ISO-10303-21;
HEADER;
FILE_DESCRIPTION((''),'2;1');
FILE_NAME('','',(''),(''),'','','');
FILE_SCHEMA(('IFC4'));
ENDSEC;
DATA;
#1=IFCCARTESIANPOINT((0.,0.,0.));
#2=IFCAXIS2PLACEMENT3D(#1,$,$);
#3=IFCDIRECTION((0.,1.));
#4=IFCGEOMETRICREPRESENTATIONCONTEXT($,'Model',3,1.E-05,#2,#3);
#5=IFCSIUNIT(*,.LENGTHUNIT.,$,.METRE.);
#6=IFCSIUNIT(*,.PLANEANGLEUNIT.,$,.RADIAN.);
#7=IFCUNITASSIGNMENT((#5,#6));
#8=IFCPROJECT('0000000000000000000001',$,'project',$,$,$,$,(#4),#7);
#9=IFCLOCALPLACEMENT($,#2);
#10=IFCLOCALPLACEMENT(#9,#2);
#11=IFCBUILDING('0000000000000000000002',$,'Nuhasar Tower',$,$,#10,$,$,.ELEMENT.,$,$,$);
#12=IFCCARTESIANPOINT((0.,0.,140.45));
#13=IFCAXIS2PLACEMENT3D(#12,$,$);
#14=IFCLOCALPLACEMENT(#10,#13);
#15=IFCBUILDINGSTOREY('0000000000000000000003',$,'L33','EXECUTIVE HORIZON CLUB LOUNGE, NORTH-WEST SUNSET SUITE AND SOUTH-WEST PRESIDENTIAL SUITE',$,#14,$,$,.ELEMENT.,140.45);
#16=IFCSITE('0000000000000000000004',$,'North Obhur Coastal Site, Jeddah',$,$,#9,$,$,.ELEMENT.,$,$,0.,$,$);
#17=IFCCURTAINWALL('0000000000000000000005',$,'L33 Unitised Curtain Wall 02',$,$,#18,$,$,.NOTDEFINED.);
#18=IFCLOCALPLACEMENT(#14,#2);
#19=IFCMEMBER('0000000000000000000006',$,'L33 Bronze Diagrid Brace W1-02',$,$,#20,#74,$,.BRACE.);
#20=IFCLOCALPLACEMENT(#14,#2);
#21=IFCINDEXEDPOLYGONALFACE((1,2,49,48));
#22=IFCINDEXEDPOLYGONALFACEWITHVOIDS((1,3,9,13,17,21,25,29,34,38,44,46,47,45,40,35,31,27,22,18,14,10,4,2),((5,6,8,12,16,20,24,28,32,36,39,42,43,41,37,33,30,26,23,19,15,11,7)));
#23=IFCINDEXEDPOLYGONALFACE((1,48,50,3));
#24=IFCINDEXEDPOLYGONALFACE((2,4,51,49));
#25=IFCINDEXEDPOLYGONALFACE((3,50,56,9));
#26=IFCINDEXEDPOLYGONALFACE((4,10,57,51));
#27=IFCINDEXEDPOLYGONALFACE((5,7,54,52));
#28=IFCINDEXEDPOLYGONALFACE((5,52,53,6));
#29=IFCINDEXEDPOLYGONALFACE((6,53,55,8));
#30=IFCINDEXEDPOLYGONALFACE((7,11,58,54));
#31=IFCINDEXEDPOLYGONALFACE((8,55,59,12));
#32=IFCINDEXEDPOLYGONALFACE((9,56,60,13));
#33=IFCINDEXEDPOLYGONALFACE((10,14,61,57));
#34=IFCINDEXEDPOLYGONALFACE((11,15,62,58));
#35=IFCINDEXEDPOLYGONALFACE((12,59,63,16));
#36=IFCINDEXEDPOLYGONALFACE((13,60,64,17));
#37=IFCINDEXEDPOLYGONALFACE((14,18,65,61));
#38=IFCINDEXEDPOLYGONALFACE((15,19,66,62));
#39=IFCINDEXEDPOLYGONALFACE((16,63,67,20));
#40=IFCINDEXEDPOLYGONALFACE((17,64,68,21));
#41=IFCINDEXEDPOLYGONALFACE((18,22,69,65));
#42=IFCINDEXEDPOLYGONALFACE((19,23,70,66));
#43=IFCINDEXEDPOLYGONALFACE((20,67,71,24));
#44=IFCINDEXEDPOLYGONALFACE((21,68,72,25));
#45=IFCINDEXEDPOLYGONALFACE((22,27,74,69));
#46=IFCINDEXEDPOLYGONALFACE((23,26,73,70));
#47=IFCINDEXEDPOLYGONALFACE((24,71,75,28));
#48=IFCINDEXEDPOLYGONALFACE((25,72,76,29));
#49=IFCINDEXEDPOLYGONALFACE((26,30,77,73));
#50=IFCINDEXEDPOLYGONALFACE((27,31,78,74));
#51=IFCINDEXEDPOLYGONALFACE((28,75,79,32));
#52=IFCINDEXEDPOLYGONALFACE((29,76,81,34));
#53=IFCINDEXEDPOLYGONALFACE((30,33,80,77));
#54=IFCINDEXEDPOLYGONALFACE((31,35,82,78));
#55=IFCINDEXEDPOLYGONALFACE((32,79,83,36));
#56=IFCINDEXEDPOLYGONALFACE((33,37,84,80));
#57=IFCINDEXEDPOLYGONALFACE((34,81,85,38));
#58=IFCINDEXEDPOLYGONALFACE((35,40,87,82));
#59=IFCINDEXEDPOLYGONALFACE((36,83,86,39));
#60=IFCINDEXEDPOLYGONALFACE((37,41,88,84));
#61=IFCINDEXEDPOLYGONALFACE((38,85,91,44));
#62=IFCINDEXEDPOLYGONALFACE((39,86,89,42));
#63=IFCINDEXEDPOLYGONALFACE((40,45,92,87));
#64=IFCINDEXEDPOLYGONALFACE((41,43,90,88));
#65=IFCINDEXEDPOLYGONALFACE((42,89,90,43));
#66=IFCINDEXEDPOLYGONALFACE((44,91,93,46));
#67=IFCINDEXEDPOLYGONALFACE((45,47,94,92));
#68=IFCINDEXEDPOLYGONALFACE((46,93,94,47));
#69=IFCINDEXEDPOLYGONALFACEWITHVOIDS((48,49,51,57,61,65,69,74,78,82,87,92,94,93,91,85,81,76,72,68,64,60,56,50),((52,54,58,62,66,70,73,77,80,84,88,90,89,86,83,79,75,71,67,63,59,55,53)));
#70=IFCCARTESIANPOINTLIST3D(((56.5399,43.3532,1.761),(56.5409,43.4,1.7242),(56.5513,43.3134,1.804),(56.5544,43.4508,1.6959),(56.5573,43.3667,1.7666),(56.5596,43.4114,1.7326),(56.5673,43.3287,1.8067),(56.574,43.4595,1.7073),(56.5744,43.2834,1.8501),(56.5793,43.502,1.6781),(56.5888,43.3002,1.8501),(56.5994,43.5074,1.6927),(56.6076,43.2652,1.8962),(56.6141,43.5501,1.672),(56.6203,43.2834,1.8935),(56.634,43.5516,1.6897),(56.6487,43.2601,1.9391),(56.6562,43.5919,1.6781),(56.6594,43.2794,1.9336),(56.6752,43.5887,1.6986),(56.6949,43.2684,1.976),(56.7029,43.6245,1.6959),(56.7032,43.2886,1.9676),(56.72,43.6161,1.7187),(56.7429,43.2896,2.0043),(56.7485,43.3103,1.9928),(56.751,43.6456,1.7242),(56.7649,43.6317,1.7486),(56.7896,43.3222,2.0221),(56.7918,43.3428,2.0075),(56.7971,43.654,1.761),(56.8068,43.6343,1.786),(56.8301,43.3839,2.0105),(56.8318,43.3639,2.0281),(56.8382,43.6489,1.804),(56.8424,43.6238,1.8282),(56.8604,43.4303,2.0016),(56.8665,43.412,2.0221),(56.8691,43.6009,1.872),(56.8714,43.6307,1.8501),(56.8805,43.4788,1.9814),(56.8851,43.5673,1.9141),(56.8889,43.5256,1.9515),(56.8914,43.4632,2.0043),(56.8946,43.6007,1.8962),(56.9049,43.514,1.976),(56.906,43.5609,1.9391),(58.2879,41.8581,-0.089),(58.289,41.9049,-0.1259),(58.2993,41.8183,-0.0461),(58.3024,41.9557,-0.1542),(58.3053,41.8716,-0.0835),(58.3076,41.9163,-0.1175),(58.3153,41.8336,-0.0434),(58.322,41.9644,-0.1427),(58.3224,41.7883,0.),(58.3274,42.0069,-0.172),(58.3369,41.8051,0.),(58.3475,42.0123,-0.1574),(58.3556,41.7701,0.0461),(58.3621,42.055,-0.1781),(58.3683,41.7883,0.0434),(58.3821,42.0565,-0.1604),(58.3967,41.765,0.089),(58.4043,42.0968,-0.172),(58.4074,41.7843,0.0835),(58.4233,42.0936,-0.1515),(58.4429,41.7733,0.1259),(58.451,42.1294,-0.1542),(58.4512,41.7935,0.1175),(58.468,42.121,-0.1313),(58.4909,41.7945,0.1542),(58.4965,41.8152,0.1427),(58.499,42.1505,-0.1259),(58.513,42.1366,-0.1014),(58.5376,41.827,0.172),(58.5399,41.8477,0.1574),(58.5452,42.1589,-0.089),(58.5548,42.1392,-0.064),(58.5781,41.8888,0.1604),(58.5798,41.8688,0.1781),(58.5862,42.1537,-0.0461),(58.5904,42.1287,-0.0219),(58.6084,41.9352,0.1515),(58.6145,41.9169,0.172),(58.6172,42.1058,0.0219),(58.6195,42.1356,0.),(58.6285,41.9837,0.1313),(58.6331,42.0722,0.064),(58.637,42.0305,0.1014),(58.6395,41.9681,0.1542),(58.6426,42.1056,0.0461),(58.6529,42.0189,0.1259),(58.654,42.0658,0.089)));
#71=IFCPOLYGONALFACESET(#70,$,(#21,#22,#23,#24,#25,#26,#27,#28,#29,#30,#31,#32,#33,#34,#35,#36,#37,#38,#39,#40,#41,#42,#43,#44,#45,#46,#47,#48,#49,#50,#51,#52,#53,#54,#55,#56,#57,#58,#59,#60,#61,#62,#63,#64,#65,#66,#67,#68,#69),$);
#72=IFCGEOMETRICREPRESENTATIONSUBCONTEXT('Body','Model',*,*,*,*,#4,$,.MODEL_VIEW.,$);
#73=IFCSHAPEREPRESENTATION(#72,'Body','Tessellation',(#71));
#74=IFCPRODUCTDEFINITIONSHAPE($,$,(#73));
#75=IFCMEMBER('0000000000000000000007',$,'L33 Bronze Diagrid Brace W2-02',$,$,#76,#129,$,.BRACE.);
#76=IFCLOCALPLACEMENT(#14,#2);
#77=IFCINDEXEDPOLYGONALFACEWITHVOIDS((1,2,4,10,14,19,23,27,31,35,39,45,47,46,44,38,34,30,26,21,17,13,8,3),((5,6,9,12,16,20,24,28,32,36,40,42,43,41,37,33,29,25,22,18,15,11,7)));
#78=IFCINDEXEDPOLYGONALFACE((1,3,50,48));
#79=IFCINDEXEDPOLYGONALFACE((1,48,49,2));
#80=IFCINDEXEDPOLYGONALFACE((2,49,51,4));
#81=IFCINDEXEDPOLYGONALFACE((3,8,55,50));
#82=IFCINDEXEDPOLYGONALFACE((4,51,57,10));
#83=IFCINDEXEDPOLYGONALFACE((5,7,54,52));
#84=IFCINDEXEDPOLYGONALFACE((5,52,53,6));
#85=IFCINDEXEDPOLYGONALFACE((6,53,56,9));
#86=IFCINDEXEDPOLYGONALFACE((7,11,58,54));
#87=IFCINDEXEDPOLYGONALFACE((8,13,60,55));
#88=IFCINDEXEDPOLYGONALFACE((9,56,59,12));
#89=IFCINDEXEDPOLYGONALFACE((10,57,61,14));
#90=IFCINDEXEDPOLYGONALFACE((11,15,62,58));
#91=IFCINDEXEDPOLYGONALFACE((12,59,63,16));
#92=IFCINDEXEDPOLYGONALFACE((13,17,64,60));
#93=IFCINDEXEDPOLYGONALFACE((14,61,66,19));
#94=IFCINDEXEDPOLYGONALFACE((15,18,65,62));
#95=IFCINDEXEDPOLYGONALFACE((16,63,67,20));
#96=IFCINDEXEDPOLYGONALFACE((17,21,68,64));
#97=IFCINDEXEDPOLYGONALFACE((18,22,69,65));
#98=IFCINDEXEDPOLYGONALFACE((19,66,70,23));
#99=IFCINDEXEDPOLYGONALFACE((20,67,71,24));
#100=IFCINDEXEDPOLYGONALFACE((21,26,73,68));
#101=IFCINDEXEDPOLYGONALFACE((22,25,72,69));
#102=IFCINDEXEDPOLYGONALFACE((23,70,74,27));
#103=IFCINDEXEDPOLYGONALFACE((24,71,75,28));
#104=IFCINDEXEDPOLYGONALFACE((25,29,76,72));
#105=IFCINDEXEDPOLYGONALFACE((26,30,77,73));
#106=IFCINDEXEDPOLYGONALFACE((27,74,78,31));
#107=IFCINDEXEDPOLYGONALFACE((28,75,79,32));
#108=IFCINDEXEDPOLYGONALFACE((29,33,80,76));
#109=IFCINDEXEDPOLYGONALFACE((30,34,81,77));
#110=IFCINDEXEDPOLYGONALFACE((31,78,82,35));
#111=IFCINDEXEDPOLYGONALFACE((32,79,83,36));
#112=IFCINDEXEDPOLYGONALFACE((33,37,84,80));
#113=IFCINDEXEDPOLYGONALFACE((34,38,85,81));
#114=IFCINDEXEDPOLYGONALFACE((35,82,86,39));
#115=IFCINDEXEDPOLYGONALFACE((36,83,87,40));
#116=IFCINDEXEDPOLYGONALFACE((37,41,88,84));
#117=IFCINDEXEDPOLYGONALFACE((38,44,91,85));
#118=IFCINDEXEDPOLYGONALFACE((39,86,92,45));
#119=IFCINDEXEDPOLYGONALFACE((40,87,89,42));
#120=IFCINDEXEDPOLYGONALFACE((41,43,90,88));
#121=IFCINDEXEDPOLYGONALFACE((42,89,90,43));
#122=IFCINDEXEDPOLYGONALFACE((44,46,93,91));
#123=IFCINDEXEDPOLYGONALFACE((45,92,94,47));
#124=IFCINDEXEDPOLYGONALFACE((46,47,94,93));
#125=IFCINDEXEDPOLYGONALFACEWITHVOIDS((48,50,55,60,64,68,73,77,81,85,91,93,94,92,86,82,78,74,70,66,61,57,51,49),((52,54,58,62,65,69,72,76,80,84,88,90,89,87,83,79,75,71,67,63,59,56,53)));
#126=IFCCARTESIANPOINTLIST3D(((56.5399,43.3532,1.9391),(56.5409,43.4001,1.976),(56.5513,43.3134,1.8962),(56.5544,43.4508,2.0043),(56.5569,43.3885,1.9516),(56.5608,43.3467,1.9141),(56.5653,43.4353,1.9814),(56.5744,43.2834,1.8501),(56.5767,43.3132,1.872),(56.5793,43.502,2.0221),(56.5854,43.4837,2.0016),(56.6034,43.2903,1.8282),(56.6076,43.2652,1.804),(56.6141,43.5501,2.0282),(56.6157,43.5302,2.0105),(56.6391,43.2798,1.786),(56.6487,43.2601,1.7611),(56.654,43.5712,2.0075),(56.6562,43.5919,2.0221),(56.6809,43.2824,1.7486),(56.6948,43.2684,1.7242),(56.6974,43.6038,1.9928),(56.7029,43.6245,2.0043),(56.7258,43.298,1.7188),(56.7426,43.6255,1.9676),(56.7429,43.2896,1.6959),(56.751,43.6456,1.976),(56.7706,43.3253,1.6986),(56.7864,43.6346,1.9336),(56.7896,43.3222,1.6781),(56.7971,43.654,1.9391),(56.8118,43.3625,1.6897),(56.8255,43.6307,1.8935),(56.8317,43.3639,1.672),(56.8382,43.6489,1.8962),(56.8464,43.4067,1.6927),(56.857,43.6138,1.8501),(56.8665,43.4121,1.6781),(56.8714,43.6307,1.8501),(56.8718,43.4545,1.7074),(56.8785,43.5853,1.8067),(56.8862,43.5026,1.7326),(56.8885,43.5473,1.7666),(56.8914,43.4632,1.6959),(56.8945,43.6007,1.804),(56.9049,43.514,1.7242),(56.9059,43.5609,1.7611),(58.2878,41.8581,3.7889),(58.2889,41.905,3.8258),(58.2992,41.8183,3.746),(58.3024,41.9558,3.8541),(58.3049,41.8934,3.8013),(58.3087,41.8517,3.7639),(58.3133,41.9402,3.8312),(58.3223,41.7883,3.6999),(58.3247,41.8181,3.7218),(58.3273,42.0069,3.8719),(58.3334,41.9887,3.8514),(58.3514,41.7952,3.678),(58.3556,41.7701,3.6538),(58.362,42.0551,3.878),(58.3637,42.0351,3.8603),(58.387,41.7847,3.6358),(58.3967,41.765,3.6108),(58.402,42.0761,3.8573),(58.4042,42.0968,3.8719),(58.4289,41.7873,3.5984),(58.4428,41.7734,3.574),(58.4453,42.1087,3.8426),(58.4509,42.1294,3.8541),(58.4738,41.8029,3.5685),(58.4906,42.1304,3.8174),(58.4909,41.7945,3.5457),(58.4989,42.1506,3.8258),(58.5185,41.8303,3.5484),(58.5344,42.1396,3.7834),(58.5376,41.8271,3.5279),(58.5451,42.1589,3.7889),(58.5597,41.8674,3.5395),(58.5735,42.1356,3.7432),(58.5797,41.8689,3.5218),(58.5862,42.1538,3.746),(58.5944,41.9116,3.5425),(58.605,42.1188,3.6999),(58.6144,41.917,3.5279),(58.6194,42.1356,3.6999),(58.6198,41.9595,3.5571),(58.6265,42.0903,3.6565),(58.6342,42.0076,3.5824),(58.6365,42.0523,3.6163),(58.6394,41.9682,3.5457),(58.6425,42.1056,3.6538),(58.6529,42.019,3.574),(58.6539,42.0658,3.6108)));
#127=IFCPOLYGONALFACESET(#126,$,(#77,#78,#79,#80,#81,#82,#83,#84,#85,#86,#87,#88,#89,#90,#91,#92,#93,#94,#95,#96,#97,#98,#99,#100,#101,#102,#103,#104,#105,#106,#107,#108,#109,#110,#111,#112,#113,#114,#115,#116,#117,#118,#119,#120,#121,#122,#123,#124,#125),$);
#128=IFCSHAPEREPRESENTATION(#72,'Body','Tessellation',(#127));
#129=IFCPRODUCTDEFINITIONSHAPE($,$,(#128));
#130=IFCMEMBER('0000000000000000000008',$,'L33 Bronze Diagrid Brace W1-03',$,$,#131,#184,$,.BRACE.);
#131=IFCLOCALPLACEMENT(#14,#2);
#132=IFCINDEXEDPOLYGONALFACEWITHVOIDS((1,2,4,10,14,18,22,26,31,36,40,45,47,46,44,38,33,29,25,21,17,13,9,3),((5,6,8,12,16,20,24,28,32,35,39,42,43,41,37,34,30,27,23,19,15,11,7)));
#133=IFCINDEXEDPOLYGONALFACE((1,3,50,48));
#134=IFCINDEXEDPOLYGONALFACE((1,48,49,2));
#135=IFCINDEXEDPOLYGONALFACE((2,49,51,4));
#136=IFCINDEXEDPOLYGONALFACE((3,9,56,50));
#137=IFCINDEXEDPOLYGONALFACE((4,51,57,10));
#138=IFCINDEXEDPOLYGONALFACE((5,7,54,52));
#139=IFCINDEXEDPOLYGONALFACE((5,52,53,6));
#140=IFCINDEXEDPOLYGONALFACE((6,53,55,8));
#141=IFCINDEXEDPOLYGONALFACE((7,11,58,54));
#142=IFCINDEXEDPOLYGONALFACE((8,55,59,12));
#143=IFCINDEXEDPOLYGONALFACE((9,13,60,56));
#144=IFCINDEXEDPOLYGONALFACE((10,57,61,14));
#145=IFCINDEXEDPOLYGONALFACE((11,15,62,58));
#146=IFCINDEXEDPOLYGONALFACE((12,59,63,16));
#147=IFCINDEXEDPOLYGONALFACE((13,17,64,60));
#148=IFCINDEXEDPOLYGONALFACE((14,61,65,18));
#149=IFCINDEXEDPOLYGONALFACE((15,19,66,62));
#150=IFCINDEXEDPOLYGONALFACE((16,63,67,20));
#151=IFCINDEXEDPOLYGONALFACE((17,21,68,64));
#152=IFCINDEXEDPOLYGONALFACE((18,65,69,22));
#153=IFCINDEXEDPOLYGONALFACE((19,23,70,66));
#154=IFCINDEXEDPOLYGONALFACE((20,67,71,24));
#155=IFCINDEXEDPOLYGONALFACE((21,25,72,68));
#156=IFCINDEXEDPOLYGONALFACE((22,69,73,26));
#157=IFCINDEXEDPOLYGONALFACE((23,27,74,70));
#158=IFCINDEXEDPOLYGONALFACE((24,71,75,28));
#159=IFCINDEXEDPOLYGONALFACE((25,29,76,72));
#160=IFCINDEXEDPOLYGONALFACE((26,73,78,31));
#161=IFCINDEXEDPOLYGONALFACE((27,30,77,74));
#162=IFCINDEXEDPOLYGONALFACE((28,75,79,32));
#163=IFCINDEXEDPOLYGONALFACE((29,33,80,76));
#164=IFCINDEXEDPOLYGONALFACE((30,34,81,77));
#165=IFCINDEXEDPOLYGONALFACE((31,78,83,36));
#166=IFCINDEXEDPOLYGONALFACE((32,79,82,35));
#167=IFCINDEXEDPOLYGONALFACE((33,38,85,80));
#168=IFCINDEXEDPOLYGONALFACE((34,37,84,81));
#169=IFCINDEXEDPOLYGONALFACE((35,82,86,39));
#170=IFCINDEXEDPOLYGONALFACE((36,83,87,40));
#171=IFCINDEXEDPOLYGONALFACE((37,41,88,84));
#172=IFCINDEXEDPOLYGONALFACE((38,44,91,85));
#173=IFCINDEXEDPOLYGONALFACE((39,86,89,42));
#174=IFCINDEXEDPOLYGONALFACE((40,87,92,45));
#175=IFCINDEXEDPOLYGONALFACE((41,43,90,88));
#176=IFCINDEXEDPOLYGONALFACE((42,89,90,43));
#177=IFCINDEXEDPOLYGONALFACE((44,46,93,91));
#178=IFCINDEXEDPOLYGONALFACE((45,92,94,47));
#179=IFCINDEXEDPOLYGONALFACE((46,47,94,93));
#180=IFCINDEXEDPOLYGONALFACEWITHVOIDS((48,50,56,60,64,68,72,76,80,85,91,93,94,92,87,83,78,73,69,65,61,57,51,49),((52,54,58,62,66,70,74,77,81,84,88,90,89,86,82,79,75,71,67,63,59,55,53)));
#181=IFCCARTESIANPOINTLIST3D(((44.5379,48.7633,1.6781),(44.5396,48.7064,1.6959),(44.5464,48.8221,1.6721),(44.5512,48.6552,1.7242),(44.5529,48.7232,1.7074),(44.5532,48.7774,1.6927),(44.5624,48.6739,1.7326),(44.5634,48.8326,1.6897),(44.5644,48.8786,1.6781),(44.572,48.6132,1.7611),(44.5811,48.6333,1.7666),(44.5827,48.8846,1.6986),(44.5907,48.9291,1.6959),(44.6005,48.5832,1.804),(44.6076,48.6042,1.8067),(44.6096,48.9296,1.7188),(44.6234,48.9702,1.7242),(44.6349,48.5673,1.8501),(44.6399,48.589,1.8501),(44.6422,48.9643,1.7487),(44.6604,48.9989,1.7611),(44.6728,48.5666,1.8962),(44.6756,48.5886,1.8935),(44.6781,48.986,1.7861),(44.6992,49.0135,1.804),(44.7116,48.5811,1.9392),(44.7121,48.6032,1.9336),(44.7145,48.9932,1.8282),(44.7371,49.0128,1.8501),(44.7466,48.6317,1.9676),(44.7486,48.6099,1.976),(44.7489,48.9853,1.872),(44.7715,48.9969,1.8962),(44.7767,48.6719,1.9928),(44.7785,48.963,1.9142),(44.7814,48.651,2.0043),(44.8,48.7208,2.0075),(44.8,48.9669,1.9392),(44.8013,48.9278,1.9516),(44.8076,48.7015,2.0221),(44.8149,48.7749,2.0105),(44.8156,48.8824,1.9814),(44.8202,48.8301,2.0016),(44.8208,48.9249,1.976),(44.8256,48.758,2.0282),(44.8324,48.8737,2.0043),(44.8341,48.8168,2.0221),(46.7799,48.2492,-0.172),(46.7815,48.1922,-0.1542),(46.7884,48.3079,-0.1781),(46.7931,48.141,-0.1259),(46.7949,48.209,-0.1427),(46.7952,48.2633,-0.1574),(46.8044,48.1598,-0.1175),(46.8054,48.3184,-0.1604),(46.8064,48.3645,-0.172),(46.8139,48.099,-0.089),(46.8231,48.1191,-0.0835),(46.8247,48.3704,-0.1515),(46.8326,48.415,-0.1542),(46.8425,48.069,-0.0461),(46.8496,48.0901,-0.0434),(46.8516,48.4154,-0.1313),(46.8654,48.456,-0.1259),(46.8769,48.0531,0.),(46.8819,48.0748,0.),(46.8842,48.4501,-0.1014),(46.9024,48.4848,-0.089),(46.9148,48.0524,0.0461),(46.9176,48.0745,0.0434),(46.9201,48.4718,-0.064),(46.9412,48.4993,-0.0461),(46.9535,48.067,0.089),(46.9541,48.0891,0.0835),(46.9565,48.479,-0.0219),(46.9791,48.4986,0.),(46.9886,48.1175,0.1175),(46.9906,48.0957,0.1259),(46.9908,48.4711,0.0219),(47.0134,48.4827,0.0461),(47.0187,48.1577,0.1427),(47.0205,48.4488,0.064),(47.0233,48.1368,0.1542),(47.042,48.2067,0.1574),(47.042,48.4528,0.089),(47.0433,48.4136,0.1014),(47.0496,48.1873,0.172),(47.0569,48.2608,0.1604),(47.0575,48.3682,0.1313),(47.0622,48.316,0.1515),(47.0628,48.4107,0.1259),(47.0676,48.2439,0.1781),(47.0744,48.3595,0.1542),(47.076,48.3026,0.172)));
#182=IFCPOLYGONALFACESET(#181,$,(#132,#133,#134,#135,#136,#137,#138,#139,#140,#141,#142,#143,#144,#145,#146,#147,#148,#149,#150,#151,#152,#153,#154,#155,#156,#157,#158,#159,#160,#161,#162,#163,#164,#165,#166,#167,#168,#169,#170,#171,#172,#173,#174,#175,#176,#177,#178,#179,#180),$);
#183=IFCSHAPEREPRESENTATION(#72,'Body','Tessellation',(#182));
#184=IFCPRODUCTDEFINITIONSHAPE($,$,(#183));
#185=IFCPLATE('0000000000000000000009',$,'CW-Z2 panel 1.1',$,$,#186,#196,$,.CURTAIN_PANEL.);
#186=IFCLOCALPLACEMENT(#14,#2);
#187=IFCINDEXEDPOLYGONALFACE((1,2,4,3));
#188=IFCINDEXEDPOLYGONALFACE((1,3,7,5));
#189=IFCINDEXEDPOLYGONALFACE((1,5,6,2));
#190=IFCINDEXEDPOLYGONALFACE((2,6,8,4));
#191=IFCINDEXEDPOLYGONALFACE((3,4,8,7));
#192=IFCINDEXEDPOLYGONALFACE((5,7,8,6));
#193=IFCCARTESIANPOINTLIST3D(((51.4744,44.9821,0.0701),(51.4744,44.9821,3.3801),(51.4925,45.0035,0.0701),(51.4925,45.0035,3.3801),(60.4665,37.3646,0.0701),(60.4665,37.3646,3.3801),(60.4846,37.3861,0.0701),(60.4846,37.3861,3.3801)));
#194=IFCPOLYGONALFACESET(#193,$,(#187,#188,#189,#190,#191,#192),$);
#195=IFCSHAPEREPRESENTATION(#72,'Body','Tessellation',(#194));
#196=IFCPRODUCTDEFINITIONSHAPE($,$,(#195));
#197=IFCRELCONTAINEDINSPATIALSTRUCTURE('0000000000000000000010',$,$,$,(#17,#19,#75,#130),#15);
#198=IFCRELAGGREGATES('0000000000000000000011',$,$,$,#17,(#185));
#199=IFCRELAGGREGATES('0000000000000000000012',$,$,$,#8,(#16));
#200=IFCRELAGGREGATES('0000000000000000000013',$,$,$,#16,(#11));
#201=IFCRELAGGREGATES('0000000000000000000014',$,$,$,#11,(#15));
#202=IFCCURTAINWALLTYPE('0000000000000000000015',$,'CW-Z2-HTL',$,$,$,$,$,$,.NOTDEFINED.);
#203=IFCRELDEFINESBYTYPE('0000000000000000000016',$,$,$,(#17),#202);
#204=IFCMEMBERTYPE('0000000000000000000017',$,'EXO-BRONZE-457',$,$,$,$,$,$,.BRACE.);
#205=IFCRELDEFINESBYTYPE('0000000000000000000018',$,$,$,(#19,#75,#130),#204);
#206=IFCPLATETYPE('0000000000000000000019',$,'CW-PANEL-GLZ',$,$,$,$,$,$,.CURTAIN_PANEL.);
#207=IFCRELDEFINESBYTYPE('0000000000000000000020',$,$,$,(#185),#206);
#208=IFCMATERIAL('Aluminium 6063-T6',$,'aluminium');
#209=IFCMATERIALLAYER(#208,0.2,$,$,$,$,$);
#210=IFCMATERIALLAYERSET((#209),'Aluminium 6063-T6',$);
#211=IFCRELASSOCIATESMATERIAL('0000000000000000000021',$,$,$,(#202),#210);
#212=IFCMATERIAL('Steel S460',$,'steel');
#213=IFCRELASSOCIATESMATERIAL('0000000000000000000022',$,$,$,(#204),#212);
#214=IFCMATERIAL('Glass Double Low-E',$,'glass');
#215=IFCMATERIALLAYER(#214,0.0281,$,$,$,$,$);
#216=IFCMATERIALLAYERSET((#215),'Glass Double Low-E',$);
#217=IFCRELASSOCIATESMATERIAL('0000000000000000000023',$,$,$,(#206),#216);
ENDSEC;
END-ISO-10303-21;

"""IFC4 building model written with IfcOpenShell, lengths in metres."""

from ifc_helpers import new_model, si_unit, direction, frame, origin, origin_2d, place, context, subcontext, project, spatial, rectangle, hollow_circle, extrude, material, layer, layer_set, material_profile, profile_set, type_object, element, aggregate, save


model = new_model("IFC4")

# Units and contexts
model_context = context("Model", 3, precision=1e-05, world=origin(), true_north=direction((0.0, 1.0)))
body_context = subcontext(model_context, "Body", "Model", "MODEL_VIEW")
ifc_project = project(units=[si_unit("LENGTHUNIT", "METRE"), si_unit("PLANEANGLEUNIT", "RADIAN")], contexts=[model_context])

# Site, building, storey
site_placement = place(None, origin())
site = spatial("IfcSite", under=ifc_project, at=site_placement, Name="North Obhur Coastal Site, Jeddah", CompositionType="ELEMENT", RefElevation=0.0)
building_placement = place(site_placement, origin())
building = spatial("IfcBuilding", under=site, at=building_placement, Name="Nuhasar Tower", CompositionType="ELEMENT")
storey_placement = place(building_placement, frame((0.0, 0.0, 140.45)))
storey = spatial("IfcBuildingStorey", under=building, at=storey_placement, Name="L33", Description="EXECUTIVE HORIZON CLUB LOUNGE, NORTH-WEST SUNSET SUITE AND SOUTH-WEST PRESIDENTIAL SUITE", CompositionType="ELEMENT", Elevation=140.45)

# Shared definitions
ifc_material_1 = material(Name="Aluminium 6063-T6", Category="aluminium")
ifc_layer_1 = layer(ifc_material_1, 0.2)
ifc_layer_set_1 = layer_set([ifc_layer_1], Name="Aluminium 6063-T6")
curtain_wall_type = type_object("IfcCurtainWallType", Name="CW-Z2-HTL", PredefinedType="NOTDEFINED", material=ifc_layer_set_1)

# Curtain wall
curtain_wall_1_placement = place(storey_placement, origin())
curtain_wall_1 = element("IfcCurtainWall", 1, at=curtain_wall_1_placement, inside=storey, type_object=curtain_wall_type, Name="L33 Unitised Curtain Wall 02", PredefinedType="NOTDEFINED")

# Members
ifc_material_2 = material(Name="Steel S460", Category="steel")
ifc_material_profile_1 = material_profile(ifc_material_2, hollow_circle(Radius=0.2285, WallThickness=0.0222, at=origin_2d()), Name="HSS457X22.2")
ifc_profile_set_1 = profile_set([ifc_material_profile_1], Name="Steel S460")
member_type_1 = type_object("IfcMemberType", Name="EXO-BRONZE-457", PredefinedType="BRACE", material=ifc_profile_set_1)
member_1_placement = place(storey_placement, frame((58.4709, 41.9619, 0.0), z_axis=(-0.59217, 0.506488, 0.626741), x_axis=(-0.649987, -0.759945, 0.0)))
element("IfcMember", 2, at=member_1_placement, inside=storey, type_object=member_type_1, Name="L33 Bronze Diagrid Brace W1-02", PredefinedType="BRACE", context=body_context, shape_type="SweptSolid", body=[
    extrude(hollow_circle(Radius=0.2285, WallThickness=0.0222, at=origin_2d()), origin(), (0.0, 0.0, 1.0), 2.9519),
])
member_2_placement = place(storey_placement, frame((56.7229, 43.457, 1.8501), z_axis=(0.592201, -0.506514, 0.626691), x_axis=(0.649987, 0.759945, 0.0)))
element("IfcMember", 3, at=member_2_placement, inside=storey, type_object=member_type_1, Name="L33 Bronze Diagrid Brace W2-02", PredefinedType="BRACE", context=body_context, shape_type="SweptSolid", body=[
    extrude(hollow_circle(Radius=0.2285, WallThickness=0.0222, at=origin_2d()), origin(), (0.0, 0.0, 1.0), 2.9517),
])
member_3_placement = place(storey_placement, frame((46.928, 48.2759, 0.0), z_axis=(-0.7595, 0.174181, 0.626755), x_axis=(-0.223534, -0.974696, 0.0)))
element("IfcMember", 4, at=member_3_placement, inside=storey, type_object=member_type_1, Name="L33 Bronze Diagrid Brace W1-03", PredefinedType="BRACE", context=body_context, shape_type="SweptSolid", body=[
    extrude(hollow_circle(Radius=0.2285, WallThickness=0.0222, at=origin_2d()), origin(), (0.0, 0.0, 1.0), 2.9519),
])

# Plate
ifc_material_3 = material(Name="Glass Double Low-E", Category="glass")
ifc_layer_2 = layer(ifc_material_3, 0.0281)
ifc_layer_set_2 = layer_set([ifc_layer_2], Name="Glass Double Low-E")
plate_type = type_object("IfcPlateType", Name="CW-PANEL-GLZ", PredefinedType="CURTAIN_PANEL", material=ifc_layer_set_2)
plate_placement = place(storey_placement, frame((55.9795, 41.1841, 0.0701), z_axis=(0.0, 0.0, 1.0), x_axis=(-0.76302, 0.646374, 0.0)))
plate = element("IfcPlate", 5, at=plate_placement, type_object=plate_type, Name="CW-Z2 panel 1.1", PredefinedType="CURTAIN_PANEL", context=body_context, shape_type="SweptSolid", body=[
    extrude(rectangle(XDim=11.7849, YDim=0.0281, at=origin_2d()), origin(), (0.0, 0.0, 1.0), 3.3101),
])
aggregate(curtain_wall_1, [plate])

save(model, "model.ifc")
